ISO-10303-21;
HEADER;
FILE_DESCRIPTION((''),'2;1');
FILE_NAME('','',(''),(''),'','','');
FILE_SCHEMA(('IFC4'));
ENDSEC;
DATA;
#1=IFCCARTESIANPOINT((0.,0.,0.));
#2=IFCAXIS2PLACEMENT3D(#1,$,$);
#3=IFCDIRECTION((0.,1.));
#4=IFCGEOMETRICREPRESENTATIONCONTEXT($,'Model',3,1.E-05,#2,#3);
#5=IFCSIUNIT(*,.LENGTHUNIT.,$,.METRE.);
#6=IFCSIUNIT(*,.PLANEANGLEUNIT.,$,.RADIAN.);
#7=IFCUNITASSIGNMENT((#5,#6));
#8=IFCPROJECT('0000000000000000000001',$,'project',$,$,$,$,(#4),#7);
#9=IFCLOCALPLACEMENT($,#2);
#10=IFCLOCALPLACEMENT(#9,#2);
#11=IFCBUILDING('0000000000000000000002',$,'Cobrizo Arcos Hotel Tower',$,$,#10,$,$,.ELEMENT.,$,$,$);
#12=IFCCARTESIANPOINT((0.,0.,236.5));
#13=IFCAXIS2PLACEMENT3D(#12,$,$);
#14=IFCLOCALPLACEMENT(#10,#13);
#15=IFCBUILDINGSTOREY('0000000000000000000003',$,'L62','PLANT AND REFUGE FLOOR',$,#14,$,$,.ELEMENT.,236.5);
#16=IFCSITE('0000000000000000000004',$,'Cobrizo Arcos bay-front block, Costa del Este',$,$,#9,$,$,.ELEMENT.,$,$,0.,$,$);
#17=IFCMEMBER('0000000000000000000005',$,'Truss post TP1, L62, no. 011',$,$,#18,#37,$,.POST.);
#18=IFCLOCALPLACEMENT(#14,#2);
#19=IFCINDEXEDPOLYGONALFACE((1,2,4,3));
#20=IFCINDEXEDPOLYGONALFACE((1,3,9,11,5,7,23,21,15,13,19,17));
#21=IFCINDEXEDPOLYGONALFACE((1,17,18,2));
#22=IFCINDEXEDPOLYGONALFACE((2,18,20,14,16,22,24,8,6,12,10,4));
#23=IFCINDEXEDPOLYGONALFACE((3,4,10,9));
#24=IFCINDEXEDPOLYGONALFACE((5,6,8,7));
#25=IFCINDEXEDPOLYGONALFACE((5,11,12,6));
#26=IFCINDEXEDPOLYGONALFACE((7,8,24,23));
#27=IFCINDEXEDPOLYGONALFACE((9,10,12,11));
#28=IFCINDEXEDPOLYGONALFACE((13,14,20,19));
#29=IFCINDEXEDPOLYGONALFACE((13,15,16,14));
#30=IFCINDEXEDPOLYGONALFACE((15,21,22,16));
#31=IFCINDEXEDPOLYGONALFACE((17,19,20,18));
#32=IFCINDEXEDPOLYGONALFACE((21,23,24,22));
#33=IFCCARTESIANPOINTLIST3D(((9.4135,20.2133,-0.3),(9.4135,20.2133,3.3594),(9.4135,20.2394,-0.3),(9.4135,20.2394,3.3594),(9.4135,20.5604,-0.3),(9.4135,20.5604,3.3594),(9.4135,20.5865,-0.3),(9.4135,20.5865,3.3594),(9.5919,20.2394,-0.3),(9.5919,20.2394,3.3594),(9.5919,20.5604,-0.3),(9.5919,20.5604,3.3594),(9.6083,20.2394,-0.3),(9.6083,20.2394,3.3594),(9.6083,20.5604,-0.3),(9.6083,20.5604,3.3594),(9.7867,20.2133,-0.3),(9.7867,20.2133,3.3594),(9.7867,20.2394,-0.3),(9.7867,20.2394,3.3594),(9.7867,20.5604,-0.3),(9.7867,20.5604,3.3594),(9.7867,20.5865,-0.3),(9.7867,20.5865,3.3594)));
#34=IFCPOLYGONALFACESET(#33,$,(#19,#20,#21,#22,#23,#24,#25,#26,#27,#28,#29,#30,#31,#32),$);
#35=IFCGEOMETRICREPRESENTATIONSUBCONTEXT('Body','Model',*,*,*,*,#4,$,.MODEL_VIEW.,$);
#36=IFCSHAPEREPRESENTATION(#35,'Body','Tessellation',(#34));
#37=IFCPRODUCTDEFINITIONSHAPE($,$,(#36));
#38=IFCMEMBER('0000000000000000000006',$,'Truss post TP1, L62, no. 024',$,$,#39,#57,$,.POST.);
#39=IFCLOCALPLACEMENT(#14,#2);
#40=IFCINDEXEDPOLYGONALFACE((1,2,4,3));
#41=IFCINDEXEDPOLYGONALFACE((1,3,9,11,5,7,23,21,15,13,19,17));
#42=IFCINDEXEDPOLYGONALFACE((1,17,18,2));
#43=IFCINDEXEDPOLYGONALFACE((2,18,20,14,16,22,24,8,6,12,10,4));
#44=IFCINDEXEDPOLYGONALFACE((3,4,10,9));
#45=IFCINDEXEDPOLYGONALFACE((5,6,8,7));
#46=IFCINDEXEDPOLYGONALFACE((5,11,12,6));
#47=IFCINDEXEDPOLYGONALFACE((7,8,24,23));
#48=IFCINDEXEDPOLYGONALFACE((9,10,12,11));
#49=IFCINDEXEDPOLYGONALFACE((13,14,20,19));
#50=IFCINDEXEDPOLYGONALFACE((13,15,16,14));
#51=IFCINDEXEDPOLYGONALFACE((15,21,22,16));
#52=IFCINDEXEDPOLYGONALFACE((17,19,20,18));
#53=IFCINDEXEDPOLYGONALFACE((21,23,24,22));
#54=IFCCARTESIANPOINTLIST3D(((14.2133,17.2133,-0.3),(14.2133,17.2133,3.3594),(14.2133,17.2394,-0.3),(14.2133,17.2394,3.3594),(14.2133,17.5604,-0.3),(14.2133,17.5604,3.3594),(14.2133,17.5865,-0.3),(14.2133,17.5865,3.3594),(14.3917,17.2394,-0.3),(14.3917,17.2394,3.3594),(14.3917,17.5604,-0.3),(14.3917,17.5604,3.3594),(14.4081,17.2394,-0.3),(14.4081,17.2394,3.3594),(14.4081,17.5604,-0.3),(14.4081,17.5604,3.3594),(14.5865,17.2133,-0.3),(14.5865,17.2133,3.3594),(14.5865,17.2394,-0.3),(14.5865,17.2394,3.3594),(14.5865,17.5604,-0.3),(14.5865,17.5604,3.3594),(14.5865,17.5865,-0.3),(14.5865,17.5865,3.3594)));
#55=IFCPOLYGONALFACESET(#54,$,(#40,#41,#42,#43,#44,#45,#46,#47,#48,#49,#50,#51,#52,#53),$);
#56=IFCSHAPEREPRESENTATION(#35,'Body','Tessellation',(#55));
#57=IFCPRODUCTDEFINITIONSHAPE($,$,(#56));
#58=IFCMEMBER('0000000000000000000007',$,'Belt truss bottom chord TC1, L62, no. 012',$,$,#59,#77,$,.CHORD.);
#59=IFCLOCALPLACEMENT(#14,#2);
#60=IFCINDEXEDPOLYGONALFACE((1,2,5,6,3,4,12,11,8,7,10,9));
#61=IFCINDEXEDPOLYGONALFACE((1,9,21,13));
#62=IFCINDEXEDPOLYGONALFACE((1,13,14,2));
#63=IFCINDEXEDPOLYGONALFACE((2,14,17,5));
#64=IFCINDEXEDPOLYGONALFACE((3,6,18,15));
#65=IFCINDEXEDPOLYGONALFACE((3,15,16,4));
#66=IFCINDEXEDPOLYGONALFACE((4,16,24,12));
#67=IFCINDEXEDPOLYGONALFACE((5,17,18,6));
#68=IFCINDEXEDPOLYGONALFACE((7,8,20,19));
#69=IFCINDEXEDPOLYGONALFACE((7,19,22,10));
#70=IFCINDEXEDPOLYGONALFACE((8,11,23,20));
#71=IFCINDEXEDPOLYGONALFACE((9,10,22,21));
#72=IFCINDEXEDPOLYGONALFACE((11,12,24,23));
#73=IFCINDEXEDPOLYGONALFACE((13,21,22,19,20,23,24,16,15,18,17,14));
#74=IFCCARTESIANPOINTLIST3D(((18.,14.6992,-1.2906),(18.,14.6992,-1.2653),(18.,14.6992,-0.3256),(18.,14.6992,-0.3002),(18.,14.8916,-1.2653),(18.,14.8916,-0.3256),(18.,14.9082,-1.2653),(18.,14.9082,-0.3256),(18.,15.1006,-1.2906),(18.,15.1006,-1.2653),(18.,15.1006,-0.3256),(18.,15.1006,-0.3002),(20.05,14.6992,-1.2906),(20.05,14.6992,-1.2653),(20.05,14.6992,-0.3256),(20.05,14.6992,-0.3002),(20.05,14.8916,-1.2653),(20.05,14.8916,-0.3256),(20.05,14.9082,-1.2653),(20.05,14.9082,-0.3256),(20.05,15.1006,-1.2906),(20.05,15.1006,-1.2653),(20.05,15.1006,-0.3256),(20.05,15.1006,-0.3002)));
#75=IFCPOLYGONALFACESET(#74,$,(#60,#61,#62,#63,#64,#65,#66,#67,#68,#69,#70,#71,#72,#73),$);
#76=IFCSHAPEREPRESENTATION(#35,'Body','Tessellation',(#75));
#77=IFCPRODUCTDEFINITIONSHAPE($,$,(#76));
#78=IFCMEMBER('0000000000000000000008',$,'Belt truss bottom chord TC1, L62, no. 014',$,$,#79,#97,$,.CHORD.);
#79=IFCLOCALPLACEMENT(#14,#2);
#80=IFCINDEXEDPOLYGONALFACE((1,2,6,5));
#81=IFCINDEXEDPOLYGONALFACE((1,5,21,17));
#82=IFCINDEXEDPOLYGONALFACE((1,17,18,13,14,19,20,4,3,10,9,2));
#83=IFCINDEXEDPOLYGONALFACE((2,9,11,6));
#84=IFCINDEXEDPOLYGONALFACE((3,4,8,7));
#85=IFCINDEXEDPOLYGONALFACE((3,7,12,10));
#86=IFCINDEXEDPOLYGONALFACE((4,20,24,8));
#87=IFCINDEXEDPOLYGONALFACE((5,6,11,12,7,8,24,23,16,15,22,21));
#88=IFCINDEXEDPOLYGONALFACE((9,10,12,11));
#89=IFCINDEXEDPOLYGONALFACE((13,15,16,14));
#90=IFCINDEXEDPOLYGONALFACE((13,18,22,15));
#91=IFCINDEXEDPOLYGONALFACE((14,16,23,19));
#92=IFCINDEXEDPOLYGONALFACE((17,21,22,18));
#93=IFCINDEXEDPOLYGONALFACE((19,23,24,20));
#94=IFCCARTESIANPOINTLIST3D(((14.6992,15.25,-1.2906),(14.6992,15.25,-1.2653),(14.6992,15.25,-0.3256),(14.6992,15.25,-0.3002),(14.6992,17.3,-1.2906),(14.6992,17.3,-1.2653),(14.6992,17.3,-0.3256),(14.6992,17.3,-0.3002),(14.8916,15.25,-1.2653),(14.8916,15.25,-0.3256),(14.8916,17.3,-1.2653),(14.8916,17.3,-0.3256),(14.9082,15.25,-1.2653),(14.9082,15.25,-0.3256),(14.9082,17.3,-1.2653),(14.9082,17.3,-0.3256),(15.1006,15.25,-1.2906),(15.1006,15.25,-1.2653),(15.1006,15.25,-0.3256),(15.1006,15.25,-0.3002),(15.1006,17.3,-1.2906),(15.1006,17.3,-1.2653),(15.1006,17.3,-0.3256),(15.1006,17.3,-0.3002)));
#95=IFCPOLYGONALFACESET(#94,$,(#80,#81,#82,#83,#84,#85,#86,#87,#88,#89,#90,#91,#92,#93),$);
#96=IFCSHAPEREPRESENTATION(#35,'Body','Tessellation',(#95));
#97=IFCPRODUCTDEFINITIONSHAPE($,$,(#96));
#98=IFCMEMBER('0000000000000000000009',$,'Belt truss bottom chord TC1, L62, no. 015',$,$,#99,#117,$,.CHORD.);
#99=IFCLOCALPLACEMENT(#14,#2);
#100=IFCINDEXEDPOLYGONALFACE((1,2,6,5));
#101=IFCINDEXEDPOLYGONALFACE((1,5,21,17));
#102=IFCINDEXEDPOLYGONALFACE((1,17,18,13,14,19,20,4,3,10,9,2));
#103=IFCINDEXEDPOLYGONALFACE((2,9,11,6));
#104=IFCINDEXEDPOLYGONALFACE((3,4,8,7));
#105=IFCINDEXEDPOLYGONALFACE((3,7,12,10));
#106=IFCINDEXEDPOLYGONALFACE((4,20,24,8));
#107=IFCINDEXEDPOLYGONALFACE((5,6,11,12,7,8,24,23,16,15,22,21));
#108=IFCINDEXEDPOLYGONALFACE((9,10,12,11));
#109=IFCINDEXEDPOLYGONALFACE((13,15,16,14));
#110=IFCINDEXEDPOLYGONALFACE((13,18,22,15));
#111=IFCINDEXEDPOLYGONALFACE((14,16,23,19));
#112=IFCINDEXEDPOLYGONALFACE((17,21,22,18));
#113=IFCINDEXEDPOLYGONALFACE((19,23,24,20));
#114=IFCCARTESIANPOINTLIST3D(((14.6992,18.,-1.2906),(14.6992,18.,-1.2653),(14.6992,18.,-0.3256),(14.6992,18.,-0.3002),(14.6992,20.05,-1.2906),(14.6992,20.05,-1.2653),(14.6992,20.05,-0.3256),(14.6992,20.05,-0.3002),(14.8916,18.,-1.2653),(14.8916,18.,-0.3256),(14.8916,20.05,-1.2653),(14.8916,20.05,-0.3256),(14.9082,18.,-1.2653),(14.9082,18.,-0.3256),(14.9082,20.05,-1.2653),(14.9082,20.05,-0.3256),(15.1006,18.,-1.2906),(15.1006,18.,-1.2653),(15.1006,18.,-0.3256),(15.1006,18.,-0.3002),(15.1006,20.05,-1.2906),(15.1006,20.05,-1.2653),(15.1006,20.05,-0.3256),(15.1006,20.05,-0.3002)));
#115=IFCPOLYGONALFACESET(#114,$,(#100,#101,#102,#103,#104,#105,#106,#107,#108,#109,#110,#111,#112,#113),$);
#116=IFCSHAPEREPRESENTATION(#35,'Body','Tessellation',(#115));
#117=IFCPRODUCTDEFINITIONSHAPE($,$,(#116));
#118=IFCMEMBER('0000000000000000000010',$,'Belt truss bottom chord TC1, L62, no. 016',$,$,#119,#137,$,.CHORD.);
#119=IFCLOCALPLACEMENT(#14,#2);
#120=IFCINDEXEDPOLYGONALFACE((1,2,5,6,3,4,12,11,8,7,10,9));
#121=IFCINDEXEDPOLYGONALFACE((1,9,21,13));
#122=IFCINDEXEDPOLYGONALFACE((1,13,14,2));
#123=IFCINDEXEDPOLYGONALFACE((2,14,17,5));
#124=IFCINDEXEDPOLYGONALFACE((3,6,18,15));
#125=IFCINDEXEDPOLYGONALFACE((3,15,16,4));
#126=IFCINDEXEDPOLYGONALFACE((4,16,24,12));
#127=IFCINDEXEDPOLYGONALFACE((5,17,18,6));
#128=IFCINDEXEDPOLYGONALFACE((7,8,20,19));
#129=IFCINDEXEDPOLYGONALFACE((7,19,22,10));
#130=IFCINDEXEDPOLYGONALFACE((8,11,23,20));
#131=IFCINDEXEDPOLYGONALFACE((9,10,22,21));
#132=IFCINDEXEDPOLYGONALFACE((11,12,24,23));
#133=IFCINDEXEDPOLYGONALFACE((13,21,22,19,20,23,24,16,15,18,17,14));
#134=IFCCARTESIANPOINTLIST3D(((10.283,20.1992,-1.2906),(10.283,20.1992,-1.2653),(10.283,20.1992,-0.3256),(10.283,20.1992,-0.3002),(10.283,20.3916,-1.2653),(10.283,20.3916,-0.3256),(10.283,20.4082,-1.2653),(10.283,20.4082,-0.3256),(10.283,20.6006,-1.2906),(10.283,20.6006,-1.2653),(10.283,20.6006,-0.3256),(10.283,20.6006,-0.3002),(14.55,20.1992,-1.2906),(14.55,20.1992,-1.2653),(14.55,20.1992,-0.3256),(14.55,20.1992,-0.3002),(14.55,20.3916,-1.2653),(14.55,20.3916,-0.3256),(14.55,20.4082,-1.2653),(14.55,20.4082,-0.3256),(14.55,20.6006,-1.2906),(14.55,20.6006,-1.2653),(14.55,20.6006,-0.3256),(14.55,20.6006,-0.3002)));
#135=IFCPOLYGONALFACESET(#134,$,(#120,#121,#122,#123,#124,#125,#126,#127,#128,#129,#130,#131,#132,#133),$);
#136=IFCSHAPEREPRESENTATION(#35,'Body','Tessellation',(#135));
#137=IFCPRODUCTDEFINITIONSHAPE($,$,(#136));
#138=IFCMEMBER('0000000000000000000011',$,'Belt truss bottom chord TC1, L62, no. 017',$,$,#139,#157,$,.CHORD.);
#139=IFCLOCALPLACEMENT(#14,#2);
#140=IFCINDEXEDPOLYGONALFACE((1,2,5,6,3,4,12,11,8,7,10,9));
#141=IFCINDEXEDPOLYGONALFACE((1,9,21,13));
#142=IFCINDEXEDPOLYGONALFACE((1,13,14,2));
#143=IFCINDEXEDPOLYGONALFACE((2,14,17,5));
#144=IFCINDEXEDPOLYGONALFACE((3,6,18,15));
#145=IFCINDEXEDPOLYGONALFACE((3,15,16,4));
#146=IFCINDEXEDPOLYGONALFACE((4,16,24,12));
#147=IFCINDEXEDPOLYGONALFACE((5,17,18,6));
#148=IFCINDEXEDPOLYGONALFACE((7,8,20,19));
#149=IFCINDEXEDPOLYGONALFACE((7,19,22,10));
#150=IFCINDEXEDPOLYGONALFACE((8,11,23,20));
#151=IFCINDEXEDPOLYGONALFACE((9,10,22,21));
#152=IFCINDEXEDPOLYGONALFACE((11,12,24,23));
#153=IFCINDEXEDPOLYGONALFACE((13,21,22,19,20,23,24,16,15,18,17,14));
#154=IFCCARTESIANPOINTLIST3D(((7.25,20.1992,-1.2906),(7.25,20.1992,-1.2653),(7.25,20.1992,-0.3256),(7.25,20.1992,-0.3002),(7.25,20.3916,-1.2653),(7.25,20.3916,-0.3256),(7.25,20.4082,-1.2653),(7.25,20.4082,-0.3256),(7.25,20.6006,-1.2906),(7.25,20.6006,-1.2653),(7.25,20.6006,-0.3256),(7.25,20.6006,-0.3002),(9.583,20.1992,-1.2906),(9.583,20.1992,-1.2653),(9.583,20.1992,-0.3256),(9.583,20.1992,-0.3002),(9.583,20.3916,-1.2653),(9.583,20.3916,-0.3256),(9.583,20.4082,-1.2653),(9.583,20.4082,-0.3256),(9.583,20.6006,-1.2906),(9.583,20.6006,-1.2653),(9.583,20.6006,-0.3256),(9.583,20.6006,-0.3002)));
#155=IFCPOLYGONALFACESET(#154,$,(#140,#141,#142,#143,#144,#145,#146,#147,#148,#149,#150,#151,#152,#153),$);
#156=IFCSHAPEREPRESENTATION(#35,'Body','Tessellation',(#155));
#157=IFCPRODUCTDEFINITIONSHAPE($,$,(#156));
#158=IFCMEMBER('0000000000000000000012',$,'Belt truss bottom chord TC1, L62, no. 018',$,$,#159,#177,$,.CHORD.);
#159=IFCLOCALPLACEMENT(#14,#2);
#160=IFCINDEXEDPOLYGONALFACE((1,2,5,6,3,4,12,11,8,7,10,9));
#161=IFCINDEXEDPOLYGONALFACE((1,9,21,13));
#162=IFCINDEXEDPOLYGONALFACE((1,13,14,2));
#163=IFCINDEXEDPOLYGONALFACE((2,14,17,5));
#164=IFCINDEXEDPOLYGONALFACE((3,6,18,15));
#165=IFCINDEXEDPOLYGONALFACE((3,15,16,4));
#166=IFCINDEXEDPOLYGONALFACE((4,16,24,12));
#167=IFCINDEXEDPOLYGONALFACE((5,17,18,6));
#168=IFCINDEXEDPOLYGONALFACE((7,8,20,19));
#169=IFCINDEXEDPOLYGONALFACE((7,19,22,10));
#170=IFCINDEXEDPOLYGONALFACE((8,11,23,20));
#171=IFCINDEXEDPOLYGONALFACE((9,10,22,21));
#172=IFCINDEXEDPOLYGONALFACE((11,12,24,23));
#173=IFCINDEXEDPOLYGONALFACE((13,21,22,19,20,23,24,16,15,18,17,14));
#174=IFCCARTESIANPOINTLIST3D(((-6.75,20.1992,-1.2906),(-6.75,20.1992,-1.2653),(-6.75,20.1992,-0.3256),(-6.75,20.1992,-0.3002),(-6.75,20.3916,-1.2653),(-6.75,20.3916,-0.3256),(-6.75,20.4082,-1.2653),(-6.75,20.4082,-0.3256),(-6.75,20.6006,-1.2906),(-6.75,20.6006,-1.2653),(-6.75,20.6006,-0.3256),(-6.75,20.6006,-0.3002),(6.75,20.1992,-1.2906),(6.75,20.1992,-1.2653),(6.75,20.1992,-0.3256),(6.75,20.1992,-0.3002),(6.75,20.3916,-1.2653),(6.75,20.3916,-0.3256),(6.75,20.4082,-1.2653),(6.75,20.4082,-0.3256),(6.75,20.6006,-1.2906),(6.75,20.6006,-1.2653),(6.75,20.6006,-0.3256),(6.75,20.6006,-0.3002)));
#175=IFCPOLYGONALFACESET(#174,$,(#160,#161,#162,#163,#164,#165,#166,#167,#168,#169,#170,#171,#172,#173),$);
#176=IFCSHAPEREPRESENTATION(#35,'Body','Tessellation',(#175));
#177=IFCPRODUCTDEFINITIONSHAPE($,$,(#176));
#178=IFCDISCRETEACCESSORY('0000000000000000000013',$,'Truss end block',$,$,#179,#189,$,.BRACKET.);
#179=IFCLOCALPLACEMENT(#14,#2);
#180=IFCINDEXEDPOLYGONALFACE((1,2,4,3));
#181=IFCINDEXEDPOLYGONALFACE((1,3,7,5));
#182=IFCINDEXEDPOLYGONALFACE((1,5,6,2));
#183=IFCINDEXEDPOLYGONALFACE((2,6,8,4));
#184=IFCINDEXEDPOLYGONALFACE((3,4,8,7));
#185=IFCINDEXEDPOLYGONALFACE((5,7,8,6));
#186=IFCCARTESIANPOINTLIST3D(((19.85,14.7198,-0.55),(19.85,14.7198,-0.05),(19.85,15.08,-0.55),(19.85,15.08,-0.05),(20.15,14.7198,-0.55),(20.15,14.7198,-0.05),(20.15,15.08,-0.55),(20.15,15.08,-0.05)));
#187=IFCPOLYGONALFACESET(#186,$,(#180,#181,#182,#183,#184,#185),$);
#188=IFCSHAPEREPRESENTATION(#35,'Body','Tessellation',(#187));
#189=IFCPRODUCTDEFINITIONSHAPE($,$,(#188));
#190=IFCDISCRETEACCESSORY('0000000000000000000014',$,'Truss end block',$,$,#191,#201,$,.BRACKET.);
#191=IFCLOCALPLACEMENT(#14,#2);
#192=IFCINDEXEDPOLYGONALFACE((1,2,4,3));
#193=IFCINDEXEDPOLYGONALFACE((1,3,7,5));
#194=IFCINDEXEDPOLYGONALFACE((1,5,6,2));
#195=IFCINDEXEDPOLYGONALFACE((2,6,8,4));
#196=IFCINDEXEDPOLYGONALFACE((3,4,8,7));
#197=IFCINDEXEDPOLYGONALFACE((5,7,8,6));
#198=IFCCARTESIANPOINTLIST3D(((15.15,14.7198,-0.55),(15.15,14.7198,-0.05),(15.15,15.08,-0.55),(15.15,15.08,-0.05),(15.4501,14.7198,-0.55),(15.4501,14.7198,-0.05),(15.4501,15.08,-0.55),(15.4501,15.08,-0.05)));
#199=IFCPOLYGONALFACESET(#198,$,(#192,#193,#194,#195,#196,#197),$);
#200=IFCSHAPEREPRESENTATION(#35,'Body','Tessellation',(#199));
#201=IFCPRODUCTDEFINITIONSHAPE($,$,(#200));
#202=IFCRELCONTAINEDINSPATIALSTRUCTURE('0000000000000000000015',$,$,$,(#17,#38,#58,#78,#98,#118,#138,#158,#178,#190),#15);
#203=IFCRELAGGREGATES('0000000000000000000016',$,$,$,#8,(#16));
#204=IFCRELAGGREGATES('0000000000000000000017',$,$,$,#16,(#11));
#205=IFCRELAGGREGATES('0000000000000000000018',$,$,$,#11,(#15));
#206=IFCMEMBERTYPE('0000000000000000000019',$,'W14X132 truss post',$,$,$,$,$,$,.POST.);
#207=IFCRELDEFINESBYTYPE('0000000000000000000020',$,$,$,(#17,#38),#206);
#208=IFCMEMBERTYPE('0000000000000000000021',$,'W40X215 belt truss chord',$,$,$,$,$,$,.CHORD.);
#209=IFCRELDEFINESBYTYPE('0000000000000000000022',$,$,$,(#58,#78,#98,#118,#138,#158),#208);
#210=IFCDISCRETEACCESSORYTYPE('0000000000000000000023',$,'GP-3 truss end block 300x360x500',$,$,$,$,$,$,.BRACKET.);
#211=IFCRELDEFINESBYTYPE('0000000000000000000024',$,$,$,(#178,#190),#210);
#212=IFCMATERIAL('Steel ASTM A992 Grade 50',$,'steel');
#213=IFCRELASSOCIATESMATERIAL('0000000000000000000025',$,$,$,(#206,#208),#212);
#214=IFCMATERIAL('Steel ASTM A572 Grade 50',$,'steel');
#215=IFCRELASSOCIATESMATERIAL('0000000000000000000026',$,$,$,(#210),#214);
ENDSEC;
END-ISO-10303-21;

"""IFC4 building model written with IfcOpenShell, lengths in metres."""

from ifc_helpers import new_model, si_unit, direction, frame, origin, origin_2d, place, context, subcontext, project, spatial, rectangle, i_section, extrude, material, material_profile, profile_set, type_object, element, save


model = new_model("IFC4")

# Units and contexts
model_context = context("Model", 3, precision=1e-05, world=origin(), true_north=direction((0.0, 1.0)))
body_context = subcontext(model_context, "Body", "Model", "MODEL_VIEW")
ifc_project = project(units=[si_unit("LENGTHUNIT", "METRE"), si_unit("PLANEANGLEUNIT", "RADIAN")], contexts=[model_context])

# Site, building, storey
site_placement = place(None, origin())
site = spatial("IfcSite", under=ifc_project, at=site_placement, Name="Cobrizo Arcos bay-front block, Costa del Este", CompositionType="ELEMENT", RefElevation=0.0)
building_placement = place(site_placement, origin())
building = spatial("IfcBuilding", under=site, at=building_placement, Name="Cobrizo Arcos Hotel Tower", CompositionType="ELEMENT")
storey_placement = place(building_placement, frame((0.0, 0.0, 236.5)))
storey = spatial("IfcBuildingStorey", under=building, at=storey_placement, Name="L62", Description="PLANT AND REFUGE FLOOR", CompositionType="ELEMENT", Elevation=236.5)

# Shared definitions
ifc_material_1 = material(Name="Steel ASTM A572 Grade 50", Category="steel")

# Members
ifc_material_2 = material(Name="Steel ASTM A992 Grade 50", Category="steel")
ifc_material_profile_1 = material_profile(ifc_material_2, i_section(OverallWidth=0.3733, OverallDepth=0.3733, WebThickness=0.0164, FlangeThickness=0.0261, at=origin_2d()), Name="W14X132")
ifc_profile_set_1 = profile_set([ifc_material_profile_1], Name="Steel ASTM A992 Grade 50")
member_type_1 = type_object("IfcMemberType", Name="W14X132 truss post", PredefinedType="POST", material=ifc_profile_set_1)
for number, where, z_axis, x_axis, name in (
    (1, (9.6001, 20.3999, -0.3), (0.0, 0.0, 1.0), (1.0, 0.0, 0.0), "Truss post TP1, L62, no. 011"),
    (2, (14.3999, 17.3999, -0.3), (0.0, 0.0, 1.0), (1.0, 0.0, 0.0), "Truss post TP1, L62, no. 024"),
):
    element("IfcMember", number, at=place(storey_placement, frame(where, z_axis=z_axis, x_axis=x_axis)), inside=storey, type_object=member_type_1, Name=name, PredefinedType="POST", context=body_context, shape_type="SweptSolid", body=[
        extrude(i_section(OverallWidth=0.3733, OverallDepth=0.3733, WebThickness=0.0164, FlangeThickness=0.0261, at=origin_2d()), origin(), (0.0, 0.0, 1.0), 3.6594),
    ])
ifc_material_profile_2 = material_profile(ifc_material_2, i_section(OverallWidth=0.4014, OverallDepth=0.9905, WebThickness=0.0166, FlangeThickness=0.0254, at=origin_2d()), Name="W40X215")
ifc_profile_set_2 = profile_set([ifc_material_profile_2], Name="Steel ASTM A992 Grade 50")
member_type_2 = type_object("IfcMemberType", Name="W40X215 belt truss chord", PredefinedType="CHORD", material=ifc_profile_set_2)
for number, where, z_axis, x_axis, name in (
    (3, (20.05, 14.8999, -0.7954), (-1.0, 0.0, 0.0), (0.0, -1.0, 0.0), "Belt truss bottom chord TC1, L62, no. 012"),
    (4, (14.8999, 15.25, -0.7954), (0.0, 1.0, 0.0), (-1.0, 0.0, 0.0), "Belt truss bottom chord TC1, L62, no. 014"),
    (5, (14.8999, 18.0, -0.7954), (0.0, 1.0, 0.0), (-1.0, 0.0, 0.0), "Belt truss bottom chord TC1, L62, no. 015"),
):
    element("IfcMember", number, at=place(storey_placement, frame(where, z_axis=z_axis, x_axis=x_axis)), inside=storey, type_object=member_type_2, Name=name, PredefinedType="CHORD", context=body_context, shape_type="SweptSolid", body=[
        extrude(i_section(OverallWidth=0.4014, OverallDepth=0.9905, WebThickness=0.0166, FlangeThickness=0.0254, at=origin_2d()), origin(), (0.0, 0.0, 1.0), 2.05),
    ])
member_1_placement = place(storey_placement, frame((14.55, 20.3999, -0.7954), z_axis=(-1.0, 0.0, 0.0), x_axis=(0.0, -1.0, 0.0)))
element("IfcMember", 6, at=member_1_placement, inside=storey, type_object=member_type_2, Name="Belt truss bottom chord TC1, L62, no. 016", PredefinedType="CHORD", context=body_context, shape_type="SweptSolid", body=[
    extrude(i_section(OverallWidth=0.4014, OverallDepth=0.9905, WebThickness=0.0166, FlangeThickness=0.0254, at=origin_2d()), origin(), (0.0, 0.0, 1.0), 4.2671),
])
member_2_placement = place(storey_placement, frame((9.583, 20.3999, -0.7954), z_axis=(-1.0, 0.0, 0.0), x_axis=(0.0, -1.0, 0.0)))
element("IfcMember", 7, at=member_2_placement, inside=storey, type_object=member_type_2, Name="Belt truss bottom chord TC1, L62, no. 017", PredefinedType="CHORD", context=body_context, shape_type="SweptSolid", body=[
    extrude(i_section(OverallWidth=0.4014, OverallDepth=0.9905, WebThickness=0.0166, FlangeThickness=0.0254, at=origin_2d()), origin(), (0.0, 0.0, 1.0), 2.333),
])
member_3_placement = place(storey_placement, frame((6.75, 20.3999, -0.7954), z_axis=(-1.0, 0.0, 0.0), x_axis=(0.0, -1.0, 0.0)))
element("IfcMember", 8, at=member_3_placement, inside=storey, type_object=member_type_2, Name="Belt truss bottom chord TC1, L62, no. 018", PredefinedType="CHORD", context=body_context, shape_type="SweptSolid", body=[
    extrude(i_section(OverallWidth=0.4014, OverallDepth=0.9905, WebThickness=0.0166, FlangeThickness=0.0254, at=origin_2d()), origin(), (0.0, 0.0, 1.0), 13.5),
])

# Discrete accessories
discrete_accessory_type_1 = type_object("IfcDiscreteAccessoryType", Name="GP-3 truss end block 300x360x500", PredefinedType="BRACKET", material=ifc_material_1)
for number, where, z_axis, x_axis, name in (
    (9, (20.0, 14.8999, -0.55), (0.0, 0.0, 1.0), (-1.0, 0.0, 0.0), "Truss end block"),
    (10, (15.3, 14.8999, -0.55), (0.0, 0.0, 1.0), (1.0, 0.0, 0.0), "Truss end block"),
):
    element("IfcDiscreteAccessory", number, at=place(storey_placement, frame(where, z_axis=z_axis, x_axis=x_axis)), inside=storey, type_object=discrete_accessory_type_1, Name=name, PredefinedType="BRACKET", context=body_context, shape_type="SweptSolid", body=[
        extrude(rectangle(XDim=0.3, YDim=0.3601, at=origin_2d()), origin(), (0.0, 0.0, 1.0), 0.5),
    ])

save(model, "model.ifc")
